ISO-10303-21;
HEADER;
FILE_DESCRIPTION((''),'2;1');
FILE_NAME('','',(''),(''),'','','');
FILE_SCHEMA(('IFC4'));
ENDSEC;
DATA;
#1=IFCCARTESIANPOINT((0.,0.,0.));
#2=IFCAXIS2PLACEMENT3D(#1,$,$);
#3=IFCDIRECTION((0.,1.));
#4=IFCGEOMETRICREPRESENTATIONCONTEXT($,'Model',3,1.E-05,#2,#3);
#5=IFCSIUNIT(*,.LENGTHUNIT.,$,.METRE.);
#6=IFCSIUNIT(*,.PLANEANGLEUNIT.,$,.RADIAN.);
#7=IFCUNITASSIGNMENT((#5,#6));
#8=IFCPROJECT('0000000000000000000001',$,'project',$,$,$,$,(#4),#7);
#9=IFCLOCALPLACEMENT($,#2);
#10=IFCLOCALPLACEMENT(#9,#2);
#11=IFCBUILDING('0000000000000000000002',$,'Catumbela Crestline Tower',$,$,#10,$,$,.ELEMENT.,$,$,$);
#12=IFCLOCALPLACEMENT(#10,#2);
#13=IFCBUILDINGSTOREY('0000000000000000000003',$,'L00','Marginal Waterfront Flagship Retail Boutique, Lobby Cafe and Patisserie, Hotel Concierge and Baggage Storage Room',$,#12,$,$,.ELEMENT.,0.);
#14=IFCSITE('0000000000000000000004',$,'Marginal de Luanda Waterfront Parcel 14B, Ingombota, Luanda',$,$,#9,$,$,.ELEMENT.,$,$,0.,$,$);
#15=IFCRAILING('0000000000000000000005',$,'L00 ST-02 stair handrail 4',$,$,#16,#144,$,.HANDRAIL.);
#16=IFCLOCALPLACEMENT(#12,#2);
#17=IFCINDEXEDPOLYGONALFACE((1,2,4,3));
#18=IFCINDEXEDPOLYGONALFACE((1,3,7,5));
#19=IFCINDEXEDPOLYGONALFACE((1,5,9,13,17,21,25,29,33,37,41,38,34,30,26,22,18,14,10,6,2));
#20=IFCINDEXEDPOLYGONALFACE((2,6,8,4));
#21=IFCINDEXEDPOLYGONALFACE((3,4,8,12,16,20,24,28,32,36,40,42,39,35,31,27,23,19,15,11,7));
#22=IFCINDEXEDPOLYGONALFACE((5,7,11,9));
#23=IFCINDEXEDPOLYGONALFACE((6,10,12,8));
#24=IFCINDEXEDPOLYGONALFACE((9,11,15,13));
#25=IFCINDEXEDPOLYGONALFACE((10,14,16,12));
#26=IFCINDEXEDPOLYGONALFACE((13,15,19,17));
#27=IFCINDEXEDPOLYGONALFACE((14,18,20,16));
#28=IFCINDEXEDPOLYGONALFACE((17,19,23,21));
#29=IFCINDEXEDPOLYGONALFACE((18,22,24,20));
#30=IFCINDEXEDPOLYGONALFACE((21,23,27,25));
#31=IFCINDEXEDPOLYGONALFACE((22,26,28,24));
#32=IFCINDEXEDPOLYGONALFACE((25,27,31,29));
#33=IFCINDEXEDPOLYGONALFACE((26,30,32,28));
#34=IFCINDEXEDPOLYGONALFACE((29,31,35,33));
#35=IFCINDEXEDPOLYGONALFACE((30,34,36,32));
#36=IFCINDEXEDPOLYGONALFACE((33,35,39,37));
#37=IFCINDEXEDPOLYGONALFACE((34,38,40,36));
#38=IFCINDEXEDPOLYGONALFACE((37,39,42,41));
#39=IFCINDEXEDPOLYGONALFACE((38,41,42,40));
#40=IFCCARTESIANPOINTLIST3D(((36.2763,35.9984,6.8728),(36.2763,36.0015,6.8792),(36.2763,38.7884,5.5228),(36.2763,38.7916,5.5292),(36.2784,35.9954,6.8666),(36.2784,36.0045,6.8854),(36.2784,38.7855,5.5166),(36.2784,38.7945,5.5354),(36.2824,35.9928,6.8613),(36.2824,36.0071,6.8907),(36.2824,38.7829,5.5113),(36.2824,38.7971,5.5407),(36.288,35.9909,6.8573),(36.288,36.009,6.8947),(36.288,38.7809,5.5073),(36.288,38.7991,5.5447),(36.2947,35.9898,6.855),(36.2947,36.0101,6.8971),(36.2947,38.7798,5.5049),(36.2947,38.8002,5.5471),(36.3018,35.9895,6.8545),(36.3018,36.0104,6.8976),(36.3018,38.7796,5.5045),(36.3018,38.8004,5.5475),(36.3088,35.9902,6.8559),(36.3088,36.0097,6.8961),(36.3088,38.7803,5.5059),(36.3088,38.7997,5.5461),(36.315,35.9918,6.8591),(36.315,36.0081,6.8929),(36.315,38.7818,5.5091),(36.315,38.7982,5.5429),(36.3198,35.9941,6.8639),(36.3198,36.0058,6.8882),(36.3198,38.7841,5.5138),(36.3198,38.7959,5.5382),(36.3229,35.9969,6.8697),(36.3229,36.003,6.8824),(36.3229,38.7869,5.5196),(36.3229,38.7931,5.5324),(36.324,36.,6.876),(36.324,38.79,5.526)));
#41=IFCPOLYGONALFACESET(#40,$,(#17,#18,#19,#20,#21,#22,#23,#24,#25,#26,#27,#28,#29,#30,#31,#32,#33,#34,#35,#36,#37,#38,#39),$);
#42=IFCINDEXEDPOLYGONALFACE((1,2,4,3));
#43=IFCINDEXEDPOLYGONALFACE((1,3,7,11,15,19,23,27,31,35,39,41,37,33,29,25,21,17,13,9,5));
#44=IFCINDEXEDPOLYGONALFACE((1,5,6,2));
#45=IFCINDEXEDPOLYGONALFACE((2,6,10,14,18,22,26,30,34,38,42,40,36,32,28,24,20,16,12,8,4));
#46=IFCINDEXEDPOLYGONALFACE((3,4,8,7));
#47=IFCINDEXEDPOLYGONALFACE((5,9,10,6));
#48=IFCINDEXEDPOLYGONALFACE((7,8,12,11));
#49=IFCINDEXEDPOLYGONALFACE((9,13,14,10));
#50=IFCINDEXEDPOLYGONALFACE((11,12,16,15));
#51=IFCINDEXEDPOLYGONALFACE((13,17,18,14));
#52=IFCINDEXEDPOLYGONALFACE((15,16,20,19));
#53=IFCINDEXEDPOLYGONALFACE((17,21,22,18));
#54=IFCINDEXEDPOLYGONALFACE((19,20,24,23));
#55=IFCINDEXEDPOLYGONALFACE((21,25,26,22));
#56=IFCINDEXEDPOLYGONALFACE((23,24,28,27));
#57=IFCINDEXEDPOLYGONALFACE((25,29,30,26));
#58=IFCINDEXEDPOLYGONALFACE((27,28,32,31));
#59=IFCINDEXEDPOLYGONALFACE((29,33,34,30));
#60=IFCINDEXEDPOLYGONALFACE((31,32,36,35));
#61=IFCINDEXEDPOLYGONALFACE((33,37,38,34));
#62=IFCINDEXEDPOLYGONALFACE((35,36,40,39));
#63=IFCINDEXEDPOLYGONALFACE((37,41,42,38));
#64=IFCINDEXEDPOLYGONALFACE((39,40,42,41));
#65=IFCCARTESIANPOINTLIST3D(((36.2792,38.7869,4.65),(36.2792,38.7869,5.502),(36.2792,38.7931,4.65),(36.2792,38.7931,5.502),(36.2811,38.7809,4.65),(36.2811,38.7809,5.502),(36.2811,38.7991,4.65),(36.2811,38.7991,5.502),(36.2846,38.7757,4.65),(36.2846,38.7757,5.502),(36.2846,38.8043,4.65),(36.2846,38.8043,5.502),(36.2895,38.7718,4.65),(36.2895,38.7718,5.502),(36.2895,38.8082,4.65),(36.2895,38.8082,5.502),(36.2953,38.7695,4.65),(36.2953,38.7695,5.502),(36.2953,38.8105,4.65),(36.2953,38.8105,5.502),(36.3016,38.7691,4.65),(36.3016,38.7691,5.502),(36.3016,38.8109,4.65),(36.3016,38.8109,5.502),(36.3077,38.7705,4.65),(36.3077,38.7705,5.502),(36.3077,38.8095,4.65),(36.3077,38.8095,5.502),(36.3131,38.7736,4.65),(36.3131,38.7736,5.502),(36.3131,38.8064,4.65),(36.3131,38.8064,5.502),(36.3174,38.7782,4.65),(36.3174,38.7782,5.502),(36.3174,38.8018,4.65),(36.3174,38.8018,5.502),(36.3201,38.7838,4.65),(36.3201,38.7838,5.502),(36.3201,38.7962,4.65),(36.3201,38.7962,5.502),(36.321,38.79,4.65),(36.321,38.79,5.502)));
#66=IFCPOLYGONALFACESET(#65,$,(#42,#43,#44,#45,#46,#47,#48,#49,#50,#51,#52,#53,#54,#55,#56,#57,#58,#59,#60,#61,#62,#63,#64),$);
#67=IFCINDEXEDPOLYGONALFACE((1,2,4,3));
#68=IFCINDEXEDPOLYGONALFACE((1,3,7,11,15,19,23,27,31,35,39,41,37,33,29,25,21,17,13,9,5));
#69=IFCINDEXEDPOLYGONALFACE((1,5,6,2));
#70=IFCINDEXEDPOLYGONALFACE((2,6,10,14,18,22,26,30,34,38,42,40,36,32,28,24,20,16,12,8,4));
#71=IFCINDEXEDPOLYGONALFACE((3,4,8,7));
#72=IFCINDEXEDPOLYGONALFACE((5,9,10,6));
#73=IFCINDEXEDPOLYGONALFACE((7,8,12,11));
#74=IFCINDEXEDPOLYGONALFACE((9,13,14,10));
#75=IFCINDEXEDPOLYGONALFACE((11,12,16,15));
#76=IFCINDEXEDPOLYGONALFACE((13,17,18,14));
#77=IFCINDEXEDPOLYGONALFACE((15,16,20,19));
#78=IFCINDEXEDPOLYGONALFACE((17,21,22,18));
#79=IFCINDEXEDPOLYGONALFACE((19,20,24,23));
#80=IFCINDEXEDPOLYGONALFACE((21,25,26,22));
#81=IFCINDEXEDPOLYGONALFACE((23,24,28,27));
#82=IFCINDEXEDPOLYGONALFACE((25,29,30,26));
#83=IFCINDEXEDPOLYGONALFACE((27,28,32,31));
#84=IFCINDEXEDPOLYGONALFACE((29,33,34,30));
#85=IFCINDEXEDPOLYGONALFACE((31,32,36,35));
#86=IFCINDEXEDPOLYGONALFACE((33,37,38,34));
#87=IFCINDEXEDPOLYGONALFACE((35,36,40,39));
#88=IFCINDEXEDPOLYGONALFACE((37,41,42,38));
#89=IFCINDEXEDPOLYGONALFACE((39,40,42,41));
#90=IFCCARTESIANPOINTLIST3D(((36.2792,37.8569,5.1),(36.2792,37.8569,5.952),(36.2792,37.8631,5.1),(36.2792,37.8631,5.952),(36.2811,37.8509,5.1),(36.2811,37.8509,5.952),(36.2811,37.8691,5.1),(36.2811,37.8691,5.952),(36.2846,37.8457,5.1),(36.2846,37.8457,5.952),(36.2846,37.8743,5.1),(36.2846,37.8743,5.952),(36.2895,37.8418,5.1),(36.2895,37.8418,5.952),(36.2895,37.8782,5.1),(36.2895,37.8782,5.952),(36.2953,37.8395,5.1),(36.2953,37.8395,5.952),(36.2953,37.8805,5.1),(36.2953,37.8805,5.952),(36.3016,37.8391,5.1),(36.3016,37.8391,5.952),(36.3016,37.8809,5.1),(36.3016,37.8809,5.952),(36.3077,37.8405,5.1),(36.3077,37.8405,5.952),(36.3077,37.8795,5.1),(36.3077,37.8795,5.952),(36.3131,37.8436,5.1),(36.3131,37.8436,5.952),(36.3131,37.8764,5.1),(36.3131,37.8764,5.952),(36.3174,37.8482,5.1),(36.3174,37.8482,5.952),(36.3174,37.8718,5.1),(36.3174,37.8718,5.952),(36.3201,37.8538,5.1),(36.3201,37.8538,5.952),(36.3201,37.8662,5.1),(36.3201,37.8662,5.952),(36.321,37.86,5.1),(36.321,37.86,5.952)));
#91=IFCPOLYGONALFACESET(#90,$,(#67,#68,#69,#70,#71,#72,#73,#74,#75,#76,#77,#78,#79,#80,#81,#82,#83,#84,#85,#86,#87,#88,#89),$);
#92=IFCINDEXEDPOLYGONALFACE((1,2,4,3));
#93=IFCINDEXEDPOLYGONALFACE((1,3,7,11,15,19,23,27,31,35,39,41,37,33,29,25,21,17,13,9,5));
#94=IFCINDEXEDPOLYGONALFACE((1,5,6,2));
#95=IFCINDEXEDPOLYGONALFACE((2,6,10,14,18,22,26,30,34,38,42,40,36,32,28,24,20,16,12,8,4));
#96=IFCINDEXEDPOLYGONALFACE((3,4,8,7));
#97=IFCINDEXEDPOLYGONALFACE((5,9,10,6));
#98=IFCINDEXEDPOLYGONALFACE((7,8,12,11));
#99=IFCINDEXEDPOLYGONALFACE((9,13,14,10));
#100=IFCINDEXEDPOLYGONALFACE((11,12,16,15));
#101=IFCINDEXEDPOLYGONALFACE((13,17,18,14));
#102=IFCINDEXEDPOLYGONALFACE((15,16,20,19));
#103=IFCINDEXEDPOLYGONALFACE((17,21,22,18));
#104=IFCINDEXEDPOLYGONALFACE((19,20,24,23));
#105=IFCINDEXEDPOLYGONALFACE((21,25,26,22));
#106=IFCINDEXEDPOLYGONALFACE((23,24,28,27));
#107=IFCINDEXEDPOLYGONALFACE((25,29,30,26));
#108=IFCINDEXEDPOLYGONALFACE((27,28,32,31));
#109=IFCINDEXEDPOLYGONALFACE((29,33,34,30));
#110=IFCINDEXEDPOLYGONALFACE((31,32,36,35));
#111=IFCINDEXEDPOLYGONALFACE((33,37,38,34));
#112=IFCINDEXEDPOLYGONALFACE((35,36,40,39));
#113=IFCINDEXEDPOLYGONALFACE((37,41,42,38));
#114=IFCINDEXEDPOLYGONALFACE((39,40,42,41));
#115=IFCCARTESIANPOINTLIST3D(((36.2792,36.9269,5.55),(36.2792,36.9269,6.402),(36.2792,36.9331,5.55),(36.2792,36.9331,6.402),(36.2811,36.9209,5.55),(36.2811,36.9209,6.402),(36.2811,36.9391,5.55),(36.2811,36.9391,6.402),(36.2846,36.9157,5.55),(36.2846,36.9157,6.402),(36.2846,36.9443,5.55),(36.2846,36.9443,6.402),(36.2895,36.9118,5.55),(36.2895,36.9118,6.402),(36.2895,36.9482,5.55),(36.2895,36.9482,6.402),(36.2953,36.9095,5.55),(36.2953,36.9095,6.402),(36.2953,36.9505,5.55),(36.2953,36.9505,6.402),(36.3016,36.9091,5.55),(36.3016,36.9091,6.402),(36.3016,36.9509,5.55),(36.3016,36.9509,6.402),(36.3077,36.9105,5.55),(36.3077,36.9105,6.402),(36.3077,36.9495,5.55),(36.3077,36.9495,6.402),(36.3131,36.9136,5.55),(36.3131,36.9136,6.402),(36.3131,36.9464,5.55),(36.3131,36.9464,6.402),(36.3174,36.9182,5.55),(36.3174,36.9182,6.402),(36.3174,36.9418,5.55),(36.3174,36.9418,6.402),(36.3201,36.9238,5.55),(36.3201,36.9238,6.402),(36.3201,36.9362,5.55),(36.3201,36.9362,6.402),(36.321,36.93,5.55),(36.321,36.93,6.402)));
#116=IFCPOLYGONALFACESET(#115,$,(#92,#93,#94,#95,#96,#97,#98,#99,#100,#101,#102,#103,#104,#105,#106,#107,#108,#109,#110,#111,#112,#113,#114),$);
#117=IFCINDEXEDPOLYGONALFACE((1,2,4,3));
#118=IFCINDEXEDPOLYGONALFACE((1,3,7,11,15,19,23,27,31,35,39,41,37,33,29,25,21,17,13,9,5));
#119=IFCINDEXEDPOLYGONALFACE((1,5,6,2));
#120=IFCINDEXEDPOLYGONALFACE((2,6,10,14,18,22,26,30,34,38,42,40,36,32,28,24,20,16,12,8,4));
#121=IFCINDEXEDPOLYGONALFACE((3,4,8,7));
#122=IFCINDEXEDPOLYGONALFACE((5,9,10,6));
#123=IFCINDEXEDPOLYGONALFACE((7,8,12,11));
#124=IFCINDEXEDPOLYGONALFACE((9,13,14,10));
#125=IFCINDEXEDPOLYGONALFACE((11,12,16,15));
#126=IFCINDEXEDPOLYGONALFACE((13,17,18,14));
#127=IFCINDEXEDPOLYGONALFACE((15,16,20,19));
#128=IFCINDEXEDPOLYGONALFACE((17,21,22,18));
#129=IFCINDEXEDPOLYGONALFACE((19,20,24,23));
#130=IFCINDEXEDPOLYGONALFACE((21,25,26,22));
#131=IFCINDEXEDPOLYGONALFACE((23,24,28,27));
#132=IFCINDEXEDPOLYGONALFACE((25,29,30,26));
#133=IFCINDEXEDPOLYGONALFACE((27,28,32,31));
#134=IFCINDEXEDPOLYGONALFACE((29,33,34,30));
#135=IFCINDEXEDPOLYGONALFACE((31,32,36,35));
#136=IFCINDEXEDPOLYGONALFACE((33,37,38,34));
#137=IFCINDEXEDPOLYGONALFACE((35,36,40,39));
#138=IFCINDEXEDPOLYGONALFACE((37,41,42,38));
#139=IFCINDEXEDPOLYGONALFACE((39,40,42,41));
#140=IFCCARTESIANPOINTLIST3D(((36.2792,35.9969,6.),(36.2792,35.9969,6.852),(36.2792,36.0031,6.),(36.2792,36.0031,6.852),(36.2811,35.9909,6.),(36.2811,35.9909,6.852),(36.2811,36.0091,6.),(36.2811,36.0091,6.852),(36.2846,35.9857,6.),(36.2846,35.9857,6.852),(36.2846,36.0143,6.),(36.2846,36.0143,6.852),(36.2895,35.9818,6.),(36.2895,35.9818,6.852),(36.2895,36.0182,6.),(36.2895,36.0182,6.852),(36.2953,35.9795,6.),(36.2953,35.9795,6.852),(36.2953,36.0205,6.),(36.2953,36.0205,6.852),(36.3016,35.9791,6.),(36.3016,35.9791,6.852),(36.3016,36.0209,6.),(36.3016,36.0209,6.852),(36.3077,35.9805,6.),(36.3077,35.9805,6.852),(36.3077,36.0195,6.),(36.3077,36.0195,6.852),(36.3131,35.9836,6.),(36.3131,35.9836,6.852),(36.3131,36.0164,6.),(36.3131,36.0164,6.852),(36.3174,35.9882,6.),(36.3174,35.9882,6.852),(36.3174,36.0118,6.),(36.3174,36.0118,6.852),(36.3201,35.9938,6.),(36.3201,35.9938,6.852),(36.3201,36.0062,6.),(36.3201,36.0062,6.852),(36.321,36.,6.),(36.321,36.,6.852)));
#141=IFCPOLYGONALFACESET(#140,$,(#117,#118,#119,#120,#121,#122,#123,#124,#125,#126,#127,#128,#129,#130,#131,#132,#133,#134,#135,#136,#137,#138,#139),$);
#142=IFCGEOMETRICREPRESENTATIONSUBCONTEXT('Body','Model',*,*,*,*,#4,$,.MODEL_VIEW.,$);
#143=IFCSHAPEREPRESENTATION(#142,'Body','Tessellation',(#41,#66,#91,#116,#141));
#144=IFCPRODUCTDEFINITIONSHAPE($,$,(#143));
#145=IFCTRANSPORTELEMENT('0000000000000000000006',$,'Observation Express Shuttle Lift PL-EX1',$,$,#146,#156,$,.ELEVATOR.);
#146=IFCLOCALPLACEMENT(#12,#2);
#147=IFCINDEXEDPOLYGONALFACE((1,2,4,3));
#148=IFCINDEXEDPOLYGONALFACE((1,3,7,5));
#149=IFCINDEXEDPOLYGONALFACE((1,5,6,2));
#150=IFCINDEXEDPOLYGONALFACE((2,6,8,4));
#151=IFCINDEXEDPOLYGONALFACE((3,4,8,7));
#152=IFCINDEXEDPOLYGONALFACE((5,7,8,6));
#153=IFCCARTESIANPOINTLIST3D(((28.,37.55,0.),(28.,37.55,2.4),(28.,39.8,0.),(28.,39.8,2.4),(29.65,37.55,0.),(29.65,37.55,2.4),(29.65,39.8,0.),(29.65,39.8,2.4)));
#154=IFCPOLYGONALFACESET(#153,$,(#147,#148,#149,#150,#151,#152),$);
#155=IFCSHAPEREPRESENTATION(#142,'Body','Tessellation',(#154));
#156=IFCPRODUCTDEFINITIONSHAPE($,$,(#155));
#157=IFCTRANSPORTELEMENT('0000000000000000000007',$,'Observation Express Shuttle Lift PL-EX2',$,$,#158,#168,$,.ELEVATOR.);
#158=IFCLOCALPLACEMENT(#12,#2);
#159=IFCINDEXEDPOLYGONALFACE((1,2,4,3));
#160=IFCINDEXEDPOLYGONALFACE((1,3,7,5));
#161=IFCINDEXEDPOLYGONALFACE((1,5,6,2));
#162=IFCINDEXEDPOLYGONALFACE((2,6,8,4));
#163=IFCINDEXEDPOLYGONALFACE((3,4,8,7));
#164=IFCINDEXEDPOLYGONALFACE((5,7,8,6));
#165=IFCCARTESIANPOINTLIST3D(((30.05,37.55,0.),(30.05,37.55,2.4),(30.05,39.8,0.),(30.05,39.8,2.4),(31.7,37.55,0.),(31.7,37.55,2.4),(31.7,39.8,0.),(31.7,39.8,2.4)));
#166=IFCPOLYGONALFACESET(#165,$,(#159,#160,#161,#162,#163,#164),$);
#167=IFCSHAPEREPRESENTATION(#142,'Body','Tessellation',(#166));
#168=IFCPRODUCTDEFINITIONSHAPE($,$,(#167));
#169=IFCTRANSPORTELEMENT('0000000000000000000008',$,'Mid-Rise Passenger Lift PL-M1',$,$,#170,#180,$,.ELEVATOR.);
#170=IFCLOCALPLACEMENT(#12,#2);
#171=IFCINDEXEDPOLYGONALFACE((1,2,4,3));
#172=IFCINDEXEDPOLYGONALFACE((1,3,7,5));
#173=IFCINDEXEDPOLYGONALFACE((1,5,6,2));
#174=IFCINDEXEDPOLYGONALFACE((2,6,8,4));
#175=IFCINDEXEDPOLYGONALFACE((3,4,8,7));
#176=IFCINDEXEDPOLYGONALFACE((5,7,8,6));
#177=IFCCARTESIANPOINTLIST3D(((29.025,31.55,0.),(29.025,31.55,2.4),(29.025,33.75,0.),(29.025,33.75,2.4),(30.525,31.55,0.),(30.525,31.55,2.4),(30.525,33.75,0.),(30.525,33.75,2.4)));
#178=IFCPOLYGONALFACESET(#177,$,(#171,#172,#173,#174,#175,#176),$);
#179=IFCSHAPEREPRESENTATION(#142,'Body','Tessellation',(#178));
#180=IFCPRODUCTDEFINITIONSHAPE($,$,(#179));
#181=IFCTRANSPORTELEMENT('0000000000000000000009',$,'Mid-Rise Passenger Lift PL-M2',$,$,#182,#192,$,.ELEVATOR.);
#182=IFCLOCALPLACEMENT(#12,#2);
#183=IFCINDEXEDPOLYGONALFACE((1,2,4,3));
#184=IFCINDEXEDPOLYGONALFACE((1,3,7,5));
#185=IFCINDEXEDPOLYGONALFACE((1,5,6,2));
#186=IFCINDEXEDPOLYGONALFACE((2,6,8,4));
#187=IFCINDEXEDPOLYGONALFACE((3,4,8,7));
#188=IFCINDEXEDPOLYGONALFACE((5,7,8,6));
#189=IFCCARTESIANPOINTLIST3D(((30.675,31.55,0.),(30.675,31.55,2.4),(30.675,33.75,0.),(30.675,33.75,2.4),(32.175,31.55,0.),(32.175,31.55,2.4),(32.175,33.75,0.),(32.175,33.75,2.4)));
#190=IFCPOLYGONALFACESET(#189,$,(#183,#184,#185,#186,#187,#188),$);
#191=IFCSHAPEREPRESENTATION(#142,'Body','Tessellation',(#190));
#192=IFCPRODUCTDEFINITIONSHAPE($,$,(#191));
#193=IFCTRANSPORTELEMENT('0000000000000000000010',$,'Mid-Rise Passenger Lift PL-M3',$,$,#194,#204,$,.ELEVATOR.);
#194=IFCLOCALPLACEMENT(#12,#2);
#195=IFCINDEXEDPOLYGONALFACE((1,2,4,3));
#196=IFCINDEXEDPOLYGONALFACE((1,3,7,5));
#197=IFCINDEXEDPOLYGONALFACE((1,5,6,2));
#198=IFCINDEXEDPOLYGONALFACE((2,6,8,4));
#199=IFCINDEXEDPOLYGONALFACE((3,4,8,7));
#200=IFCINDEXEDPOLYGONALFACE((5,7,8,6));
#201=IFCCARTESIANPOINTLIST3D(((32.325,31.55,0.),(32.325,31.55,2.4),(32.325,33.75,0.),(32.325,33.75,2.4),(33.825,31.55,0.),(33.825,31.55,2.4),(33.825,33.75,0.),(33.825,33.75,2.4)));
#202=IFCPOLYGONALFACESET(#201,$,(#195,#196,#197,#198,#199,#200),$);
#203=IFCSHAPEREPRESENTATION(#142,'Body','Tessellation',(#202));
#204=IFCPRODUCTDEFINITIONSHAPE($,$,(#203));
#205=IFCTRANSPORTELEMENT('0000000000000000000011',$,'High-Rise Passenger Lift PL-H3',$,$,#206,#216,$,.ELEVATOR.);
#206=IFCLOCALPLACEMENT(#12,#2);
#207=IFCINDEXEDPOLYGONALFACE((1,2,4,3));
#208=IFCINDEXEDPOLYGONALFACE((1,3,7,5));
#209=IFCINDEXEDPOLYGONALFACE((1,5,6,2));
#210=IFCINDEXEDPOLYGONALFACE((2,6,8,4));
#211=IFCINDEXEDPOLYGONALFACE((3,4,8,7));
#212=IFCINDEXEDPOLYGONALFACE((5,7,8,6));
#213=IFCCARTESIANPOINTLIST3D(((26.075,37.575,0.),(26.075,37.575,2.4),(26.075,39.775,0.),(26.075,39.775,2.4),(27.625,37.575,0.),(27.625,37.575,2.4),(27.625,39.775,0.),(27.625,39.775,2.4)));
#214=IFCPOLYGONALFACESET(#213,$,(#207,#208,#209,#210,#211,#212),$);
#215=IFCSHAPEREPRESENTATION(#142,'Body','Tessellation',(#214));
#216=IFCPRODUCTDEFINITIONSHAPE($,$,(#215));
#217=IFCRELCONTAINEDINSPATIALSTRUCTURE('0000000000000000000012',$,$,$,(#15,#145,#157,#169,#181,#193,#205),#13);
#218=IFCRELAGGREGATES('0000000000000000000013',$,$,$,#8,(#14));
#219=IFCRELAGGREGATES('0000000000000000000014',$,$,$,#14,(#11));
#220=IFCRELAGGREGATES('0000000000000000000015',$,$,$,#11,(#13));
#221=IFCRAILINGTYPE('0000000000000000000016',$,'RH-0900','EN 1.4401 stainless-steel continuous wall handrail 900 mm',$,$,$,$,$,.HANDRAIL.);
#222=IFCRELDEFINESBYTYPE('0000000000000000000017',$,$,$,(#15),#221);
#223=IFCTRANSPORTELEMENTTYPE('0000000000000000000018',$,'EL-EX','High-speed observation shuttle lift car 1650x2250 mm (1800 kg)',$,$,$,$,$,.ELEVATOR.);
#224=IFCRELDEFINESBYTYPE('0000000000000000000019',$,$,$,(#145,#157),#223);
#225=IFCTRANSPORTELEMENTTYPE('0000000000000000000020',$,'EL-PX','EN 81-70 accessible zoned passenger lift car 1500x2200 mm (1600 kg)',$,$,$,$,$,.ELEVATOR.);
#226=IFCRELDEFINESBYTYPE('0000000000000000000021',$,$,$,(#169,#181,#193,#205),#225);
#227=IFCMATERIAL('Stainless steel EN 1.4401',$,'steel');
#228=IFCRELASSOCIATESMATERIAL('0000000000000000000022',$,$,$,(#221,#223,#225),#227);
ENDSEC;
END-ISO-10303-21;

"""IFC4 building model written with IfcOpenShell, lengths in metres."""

from ifc_helpers import new_model, si_unit, direction, frame, origin, origin_2d, place, context, subcontext, project, spatial, rectangle, circle, extrude, material, type_object, element, save


model = new_model("IFC4")

# Units and contexts
model_context = context("Model", 3, precision=1e-05, world=origin(), true_north=direction((0.0, 1.0)))
body_context = subcontext(model_context, "Body", "Model", "MODEL_VIEW")
ifc_project = project(units=[si_unit("LENGTHUNIT", "METRE"), si_unit("PLANEANGLEUNIT", "RADIAN")], contexts=[model_context])

# Site, building, storey
site_placement = place(None, origin())
site = spatial("IfcSite", under=ifc_project, at=site_placement, Name="Marginal de Luanda Waterfront Parcel 14B, Ingombota, Luanda", CompositionType="ELEMENT", RefElevation=0.0)
building_placement = place(site_placement, origin())
building = spatial("IfcBuilding", under=site, at=building_placement, Name="Catumbela Crestline Tower", CompositionType="ELEMENT")
storey_placement = place(building_placement, origin())
storey = spatial("IfcBuildingStorey", under=building, at=storey_placement, Name="L00", Description="Marginal Waterfront Flagship Retail Boutique, Lobby Cafe and Patisserie, Hotel Concierge and Baggage Storage Room", CompositionType="ELEMENT", Elevation=0.0)

# Shared definitions
ifc_material_1 = material(Name="Stainless steel EN 1.4401", Category="steel")

# Railing
railing_type_1 = type_object("IfcRailingType", Name="RH-0900", Description="EN 1.4401 stainless-steel continuous wall handrail 900 mm", PredefinedType="HANDRAIL", material=ifc_material_1)
railing_1_placement = place(storey_placement, frame((36.3, 38.79, 4.65)))
element("IfcRailing", 1, at=railing_1_placement, inside=storey, type_object=railing_type_1, Name="L00 ST-02 stair handrail 4", PredefinedType="HANDRAIL", context=body_context, shape_type="SweptSolid", body=[
    extrude(circle(Radius=0.024, at=origin_2d()), frame((0.0, 0.0, 0.876), z_axis=(0.0, -0.900159, 0.435561), x_axis=(1.0, 0.0, 0.0)), (0.0, 0.0, 1.0), 3.0995),
    extrude(circle(Radius=0.021, at=origin_2d()), origin(), (0.0, 0.0, 1.0), 0.852),
    extrude(circle(Radius=0.021, at=origin_2d()), frame((0.0, -0.93, 0.45)), (0.0, 0.0, 1.0), 0.852),
    extrude(circle(Radius=0.021, at=origin_2d()), frame((0.0, -1.86, 0.9)), (0.0, 0.0, 1.0), 0.852),
    extrude(circle(Radius=0.021, at=origin_2d()), frame((0.0, -2.79, 1.35)), (0.0, 0.0, 1.0), 0.852),
])

# Transport elements
transport_element_type_1 = type_object("IfcTransportElementType", Name="EL-EX", Description="High-speed observation shuttle lift car 1650x2250 mm (1800 kg)", PredefinedType="ELEVATOR", material=ifc_material_1)
for number, where, z_axis, x_axis, name in (
    (2, (28.825, 38.675, 0.0), (0.0, 0.0, 1.0), (1.0, 0.0, 0.0), "Observation Express Shuttle Lift PL-EX1"),
    (3, (30.875, 38.675, 0.0), (0.0, 0.0, 1.0), (1.0, 0.0, 0.0), "Observation Express Shuttle Lift PL-EX2"),
):
    element("IfcTransportElement", number, at=place(storey_placement, frame(where, z_axis=z_axis, x_axis=x_axis)), inside=storey, type_object=transport_element_type_1, Name=name, PredefinedType="ELEVATOR", context=body_context, shape_type="SweptSolid", body=[
        extrude(rectangle(XDim=1.65, YDim=2.25, at=origin_2d()), origin(), (0.0, 0.0, 1.0), 2.4),
    ])
transport_element_type_2 = type_object("IfcTransportElementType", Name="EL-PX", Description="EN 81-70 accessible zoned passenger lift car 1500x2200 mm (1600 kg)", PredefinedType="ELEVATOR", material=ifc_material_1)
for number, where, z_axis, x_axis, name in (
    (4, (29.775, 32.65, 0.0), (0.0, 0.0, 1.0), (1.0, 0.0, 0.0), "Mid-Rise Passenger Lift PL-M1"),
    (5, (31.425, 32.65, 0.0), (0.0, 0.0, 1.0), (1.0, 0.0, 0.0), "Mid-Rise Passenger Lift PL-M2"),
    (6, (33.075, 32.65, 0.0), (0.0, 0.0, 1.0), (1.0, 0.0, 0.0), "Mid-Rise Passenger Lift PL-M3"),
):
    element("IfcTransportElement", number, at=place(storey_placement, frame(where, z_axis=z_axis, x_axis=x_axis)), inside=storey, type_object=transport_element_type_2, Name=name, PredefinedType="ELEVATOR", context=body_context, shape_type="SweptSolid", body=[
        extrude(rectangle(XDim=1.5, YDim=2.2, at=origin_2d()), origin(), (0.0, 0.0, 1.0), 2.4),
    ])
transport_element_placement = place(storey_placement, frame((26.85, 38.675, 0.0), z_axis=(0.0, 0.0, 1.0), x_axis=(1.0, 0.0, 0.0)))
element("IfcTransportElement", 7, at=transport_element_placement, inside=storey, type_object=transport_element_type_2, Name="High-Rise Passenger Lift PL-H3", PredefinedType="ELEVATOR", context=body_context, shape_type="SweptSolid", body=[
    extrude(rectangle(XDim=1.55, YDim=2.2, at=origin_2d()), origin(), (0.0, 0.0, 1.0), 2.4),
])

save(model, "model.ifc")
